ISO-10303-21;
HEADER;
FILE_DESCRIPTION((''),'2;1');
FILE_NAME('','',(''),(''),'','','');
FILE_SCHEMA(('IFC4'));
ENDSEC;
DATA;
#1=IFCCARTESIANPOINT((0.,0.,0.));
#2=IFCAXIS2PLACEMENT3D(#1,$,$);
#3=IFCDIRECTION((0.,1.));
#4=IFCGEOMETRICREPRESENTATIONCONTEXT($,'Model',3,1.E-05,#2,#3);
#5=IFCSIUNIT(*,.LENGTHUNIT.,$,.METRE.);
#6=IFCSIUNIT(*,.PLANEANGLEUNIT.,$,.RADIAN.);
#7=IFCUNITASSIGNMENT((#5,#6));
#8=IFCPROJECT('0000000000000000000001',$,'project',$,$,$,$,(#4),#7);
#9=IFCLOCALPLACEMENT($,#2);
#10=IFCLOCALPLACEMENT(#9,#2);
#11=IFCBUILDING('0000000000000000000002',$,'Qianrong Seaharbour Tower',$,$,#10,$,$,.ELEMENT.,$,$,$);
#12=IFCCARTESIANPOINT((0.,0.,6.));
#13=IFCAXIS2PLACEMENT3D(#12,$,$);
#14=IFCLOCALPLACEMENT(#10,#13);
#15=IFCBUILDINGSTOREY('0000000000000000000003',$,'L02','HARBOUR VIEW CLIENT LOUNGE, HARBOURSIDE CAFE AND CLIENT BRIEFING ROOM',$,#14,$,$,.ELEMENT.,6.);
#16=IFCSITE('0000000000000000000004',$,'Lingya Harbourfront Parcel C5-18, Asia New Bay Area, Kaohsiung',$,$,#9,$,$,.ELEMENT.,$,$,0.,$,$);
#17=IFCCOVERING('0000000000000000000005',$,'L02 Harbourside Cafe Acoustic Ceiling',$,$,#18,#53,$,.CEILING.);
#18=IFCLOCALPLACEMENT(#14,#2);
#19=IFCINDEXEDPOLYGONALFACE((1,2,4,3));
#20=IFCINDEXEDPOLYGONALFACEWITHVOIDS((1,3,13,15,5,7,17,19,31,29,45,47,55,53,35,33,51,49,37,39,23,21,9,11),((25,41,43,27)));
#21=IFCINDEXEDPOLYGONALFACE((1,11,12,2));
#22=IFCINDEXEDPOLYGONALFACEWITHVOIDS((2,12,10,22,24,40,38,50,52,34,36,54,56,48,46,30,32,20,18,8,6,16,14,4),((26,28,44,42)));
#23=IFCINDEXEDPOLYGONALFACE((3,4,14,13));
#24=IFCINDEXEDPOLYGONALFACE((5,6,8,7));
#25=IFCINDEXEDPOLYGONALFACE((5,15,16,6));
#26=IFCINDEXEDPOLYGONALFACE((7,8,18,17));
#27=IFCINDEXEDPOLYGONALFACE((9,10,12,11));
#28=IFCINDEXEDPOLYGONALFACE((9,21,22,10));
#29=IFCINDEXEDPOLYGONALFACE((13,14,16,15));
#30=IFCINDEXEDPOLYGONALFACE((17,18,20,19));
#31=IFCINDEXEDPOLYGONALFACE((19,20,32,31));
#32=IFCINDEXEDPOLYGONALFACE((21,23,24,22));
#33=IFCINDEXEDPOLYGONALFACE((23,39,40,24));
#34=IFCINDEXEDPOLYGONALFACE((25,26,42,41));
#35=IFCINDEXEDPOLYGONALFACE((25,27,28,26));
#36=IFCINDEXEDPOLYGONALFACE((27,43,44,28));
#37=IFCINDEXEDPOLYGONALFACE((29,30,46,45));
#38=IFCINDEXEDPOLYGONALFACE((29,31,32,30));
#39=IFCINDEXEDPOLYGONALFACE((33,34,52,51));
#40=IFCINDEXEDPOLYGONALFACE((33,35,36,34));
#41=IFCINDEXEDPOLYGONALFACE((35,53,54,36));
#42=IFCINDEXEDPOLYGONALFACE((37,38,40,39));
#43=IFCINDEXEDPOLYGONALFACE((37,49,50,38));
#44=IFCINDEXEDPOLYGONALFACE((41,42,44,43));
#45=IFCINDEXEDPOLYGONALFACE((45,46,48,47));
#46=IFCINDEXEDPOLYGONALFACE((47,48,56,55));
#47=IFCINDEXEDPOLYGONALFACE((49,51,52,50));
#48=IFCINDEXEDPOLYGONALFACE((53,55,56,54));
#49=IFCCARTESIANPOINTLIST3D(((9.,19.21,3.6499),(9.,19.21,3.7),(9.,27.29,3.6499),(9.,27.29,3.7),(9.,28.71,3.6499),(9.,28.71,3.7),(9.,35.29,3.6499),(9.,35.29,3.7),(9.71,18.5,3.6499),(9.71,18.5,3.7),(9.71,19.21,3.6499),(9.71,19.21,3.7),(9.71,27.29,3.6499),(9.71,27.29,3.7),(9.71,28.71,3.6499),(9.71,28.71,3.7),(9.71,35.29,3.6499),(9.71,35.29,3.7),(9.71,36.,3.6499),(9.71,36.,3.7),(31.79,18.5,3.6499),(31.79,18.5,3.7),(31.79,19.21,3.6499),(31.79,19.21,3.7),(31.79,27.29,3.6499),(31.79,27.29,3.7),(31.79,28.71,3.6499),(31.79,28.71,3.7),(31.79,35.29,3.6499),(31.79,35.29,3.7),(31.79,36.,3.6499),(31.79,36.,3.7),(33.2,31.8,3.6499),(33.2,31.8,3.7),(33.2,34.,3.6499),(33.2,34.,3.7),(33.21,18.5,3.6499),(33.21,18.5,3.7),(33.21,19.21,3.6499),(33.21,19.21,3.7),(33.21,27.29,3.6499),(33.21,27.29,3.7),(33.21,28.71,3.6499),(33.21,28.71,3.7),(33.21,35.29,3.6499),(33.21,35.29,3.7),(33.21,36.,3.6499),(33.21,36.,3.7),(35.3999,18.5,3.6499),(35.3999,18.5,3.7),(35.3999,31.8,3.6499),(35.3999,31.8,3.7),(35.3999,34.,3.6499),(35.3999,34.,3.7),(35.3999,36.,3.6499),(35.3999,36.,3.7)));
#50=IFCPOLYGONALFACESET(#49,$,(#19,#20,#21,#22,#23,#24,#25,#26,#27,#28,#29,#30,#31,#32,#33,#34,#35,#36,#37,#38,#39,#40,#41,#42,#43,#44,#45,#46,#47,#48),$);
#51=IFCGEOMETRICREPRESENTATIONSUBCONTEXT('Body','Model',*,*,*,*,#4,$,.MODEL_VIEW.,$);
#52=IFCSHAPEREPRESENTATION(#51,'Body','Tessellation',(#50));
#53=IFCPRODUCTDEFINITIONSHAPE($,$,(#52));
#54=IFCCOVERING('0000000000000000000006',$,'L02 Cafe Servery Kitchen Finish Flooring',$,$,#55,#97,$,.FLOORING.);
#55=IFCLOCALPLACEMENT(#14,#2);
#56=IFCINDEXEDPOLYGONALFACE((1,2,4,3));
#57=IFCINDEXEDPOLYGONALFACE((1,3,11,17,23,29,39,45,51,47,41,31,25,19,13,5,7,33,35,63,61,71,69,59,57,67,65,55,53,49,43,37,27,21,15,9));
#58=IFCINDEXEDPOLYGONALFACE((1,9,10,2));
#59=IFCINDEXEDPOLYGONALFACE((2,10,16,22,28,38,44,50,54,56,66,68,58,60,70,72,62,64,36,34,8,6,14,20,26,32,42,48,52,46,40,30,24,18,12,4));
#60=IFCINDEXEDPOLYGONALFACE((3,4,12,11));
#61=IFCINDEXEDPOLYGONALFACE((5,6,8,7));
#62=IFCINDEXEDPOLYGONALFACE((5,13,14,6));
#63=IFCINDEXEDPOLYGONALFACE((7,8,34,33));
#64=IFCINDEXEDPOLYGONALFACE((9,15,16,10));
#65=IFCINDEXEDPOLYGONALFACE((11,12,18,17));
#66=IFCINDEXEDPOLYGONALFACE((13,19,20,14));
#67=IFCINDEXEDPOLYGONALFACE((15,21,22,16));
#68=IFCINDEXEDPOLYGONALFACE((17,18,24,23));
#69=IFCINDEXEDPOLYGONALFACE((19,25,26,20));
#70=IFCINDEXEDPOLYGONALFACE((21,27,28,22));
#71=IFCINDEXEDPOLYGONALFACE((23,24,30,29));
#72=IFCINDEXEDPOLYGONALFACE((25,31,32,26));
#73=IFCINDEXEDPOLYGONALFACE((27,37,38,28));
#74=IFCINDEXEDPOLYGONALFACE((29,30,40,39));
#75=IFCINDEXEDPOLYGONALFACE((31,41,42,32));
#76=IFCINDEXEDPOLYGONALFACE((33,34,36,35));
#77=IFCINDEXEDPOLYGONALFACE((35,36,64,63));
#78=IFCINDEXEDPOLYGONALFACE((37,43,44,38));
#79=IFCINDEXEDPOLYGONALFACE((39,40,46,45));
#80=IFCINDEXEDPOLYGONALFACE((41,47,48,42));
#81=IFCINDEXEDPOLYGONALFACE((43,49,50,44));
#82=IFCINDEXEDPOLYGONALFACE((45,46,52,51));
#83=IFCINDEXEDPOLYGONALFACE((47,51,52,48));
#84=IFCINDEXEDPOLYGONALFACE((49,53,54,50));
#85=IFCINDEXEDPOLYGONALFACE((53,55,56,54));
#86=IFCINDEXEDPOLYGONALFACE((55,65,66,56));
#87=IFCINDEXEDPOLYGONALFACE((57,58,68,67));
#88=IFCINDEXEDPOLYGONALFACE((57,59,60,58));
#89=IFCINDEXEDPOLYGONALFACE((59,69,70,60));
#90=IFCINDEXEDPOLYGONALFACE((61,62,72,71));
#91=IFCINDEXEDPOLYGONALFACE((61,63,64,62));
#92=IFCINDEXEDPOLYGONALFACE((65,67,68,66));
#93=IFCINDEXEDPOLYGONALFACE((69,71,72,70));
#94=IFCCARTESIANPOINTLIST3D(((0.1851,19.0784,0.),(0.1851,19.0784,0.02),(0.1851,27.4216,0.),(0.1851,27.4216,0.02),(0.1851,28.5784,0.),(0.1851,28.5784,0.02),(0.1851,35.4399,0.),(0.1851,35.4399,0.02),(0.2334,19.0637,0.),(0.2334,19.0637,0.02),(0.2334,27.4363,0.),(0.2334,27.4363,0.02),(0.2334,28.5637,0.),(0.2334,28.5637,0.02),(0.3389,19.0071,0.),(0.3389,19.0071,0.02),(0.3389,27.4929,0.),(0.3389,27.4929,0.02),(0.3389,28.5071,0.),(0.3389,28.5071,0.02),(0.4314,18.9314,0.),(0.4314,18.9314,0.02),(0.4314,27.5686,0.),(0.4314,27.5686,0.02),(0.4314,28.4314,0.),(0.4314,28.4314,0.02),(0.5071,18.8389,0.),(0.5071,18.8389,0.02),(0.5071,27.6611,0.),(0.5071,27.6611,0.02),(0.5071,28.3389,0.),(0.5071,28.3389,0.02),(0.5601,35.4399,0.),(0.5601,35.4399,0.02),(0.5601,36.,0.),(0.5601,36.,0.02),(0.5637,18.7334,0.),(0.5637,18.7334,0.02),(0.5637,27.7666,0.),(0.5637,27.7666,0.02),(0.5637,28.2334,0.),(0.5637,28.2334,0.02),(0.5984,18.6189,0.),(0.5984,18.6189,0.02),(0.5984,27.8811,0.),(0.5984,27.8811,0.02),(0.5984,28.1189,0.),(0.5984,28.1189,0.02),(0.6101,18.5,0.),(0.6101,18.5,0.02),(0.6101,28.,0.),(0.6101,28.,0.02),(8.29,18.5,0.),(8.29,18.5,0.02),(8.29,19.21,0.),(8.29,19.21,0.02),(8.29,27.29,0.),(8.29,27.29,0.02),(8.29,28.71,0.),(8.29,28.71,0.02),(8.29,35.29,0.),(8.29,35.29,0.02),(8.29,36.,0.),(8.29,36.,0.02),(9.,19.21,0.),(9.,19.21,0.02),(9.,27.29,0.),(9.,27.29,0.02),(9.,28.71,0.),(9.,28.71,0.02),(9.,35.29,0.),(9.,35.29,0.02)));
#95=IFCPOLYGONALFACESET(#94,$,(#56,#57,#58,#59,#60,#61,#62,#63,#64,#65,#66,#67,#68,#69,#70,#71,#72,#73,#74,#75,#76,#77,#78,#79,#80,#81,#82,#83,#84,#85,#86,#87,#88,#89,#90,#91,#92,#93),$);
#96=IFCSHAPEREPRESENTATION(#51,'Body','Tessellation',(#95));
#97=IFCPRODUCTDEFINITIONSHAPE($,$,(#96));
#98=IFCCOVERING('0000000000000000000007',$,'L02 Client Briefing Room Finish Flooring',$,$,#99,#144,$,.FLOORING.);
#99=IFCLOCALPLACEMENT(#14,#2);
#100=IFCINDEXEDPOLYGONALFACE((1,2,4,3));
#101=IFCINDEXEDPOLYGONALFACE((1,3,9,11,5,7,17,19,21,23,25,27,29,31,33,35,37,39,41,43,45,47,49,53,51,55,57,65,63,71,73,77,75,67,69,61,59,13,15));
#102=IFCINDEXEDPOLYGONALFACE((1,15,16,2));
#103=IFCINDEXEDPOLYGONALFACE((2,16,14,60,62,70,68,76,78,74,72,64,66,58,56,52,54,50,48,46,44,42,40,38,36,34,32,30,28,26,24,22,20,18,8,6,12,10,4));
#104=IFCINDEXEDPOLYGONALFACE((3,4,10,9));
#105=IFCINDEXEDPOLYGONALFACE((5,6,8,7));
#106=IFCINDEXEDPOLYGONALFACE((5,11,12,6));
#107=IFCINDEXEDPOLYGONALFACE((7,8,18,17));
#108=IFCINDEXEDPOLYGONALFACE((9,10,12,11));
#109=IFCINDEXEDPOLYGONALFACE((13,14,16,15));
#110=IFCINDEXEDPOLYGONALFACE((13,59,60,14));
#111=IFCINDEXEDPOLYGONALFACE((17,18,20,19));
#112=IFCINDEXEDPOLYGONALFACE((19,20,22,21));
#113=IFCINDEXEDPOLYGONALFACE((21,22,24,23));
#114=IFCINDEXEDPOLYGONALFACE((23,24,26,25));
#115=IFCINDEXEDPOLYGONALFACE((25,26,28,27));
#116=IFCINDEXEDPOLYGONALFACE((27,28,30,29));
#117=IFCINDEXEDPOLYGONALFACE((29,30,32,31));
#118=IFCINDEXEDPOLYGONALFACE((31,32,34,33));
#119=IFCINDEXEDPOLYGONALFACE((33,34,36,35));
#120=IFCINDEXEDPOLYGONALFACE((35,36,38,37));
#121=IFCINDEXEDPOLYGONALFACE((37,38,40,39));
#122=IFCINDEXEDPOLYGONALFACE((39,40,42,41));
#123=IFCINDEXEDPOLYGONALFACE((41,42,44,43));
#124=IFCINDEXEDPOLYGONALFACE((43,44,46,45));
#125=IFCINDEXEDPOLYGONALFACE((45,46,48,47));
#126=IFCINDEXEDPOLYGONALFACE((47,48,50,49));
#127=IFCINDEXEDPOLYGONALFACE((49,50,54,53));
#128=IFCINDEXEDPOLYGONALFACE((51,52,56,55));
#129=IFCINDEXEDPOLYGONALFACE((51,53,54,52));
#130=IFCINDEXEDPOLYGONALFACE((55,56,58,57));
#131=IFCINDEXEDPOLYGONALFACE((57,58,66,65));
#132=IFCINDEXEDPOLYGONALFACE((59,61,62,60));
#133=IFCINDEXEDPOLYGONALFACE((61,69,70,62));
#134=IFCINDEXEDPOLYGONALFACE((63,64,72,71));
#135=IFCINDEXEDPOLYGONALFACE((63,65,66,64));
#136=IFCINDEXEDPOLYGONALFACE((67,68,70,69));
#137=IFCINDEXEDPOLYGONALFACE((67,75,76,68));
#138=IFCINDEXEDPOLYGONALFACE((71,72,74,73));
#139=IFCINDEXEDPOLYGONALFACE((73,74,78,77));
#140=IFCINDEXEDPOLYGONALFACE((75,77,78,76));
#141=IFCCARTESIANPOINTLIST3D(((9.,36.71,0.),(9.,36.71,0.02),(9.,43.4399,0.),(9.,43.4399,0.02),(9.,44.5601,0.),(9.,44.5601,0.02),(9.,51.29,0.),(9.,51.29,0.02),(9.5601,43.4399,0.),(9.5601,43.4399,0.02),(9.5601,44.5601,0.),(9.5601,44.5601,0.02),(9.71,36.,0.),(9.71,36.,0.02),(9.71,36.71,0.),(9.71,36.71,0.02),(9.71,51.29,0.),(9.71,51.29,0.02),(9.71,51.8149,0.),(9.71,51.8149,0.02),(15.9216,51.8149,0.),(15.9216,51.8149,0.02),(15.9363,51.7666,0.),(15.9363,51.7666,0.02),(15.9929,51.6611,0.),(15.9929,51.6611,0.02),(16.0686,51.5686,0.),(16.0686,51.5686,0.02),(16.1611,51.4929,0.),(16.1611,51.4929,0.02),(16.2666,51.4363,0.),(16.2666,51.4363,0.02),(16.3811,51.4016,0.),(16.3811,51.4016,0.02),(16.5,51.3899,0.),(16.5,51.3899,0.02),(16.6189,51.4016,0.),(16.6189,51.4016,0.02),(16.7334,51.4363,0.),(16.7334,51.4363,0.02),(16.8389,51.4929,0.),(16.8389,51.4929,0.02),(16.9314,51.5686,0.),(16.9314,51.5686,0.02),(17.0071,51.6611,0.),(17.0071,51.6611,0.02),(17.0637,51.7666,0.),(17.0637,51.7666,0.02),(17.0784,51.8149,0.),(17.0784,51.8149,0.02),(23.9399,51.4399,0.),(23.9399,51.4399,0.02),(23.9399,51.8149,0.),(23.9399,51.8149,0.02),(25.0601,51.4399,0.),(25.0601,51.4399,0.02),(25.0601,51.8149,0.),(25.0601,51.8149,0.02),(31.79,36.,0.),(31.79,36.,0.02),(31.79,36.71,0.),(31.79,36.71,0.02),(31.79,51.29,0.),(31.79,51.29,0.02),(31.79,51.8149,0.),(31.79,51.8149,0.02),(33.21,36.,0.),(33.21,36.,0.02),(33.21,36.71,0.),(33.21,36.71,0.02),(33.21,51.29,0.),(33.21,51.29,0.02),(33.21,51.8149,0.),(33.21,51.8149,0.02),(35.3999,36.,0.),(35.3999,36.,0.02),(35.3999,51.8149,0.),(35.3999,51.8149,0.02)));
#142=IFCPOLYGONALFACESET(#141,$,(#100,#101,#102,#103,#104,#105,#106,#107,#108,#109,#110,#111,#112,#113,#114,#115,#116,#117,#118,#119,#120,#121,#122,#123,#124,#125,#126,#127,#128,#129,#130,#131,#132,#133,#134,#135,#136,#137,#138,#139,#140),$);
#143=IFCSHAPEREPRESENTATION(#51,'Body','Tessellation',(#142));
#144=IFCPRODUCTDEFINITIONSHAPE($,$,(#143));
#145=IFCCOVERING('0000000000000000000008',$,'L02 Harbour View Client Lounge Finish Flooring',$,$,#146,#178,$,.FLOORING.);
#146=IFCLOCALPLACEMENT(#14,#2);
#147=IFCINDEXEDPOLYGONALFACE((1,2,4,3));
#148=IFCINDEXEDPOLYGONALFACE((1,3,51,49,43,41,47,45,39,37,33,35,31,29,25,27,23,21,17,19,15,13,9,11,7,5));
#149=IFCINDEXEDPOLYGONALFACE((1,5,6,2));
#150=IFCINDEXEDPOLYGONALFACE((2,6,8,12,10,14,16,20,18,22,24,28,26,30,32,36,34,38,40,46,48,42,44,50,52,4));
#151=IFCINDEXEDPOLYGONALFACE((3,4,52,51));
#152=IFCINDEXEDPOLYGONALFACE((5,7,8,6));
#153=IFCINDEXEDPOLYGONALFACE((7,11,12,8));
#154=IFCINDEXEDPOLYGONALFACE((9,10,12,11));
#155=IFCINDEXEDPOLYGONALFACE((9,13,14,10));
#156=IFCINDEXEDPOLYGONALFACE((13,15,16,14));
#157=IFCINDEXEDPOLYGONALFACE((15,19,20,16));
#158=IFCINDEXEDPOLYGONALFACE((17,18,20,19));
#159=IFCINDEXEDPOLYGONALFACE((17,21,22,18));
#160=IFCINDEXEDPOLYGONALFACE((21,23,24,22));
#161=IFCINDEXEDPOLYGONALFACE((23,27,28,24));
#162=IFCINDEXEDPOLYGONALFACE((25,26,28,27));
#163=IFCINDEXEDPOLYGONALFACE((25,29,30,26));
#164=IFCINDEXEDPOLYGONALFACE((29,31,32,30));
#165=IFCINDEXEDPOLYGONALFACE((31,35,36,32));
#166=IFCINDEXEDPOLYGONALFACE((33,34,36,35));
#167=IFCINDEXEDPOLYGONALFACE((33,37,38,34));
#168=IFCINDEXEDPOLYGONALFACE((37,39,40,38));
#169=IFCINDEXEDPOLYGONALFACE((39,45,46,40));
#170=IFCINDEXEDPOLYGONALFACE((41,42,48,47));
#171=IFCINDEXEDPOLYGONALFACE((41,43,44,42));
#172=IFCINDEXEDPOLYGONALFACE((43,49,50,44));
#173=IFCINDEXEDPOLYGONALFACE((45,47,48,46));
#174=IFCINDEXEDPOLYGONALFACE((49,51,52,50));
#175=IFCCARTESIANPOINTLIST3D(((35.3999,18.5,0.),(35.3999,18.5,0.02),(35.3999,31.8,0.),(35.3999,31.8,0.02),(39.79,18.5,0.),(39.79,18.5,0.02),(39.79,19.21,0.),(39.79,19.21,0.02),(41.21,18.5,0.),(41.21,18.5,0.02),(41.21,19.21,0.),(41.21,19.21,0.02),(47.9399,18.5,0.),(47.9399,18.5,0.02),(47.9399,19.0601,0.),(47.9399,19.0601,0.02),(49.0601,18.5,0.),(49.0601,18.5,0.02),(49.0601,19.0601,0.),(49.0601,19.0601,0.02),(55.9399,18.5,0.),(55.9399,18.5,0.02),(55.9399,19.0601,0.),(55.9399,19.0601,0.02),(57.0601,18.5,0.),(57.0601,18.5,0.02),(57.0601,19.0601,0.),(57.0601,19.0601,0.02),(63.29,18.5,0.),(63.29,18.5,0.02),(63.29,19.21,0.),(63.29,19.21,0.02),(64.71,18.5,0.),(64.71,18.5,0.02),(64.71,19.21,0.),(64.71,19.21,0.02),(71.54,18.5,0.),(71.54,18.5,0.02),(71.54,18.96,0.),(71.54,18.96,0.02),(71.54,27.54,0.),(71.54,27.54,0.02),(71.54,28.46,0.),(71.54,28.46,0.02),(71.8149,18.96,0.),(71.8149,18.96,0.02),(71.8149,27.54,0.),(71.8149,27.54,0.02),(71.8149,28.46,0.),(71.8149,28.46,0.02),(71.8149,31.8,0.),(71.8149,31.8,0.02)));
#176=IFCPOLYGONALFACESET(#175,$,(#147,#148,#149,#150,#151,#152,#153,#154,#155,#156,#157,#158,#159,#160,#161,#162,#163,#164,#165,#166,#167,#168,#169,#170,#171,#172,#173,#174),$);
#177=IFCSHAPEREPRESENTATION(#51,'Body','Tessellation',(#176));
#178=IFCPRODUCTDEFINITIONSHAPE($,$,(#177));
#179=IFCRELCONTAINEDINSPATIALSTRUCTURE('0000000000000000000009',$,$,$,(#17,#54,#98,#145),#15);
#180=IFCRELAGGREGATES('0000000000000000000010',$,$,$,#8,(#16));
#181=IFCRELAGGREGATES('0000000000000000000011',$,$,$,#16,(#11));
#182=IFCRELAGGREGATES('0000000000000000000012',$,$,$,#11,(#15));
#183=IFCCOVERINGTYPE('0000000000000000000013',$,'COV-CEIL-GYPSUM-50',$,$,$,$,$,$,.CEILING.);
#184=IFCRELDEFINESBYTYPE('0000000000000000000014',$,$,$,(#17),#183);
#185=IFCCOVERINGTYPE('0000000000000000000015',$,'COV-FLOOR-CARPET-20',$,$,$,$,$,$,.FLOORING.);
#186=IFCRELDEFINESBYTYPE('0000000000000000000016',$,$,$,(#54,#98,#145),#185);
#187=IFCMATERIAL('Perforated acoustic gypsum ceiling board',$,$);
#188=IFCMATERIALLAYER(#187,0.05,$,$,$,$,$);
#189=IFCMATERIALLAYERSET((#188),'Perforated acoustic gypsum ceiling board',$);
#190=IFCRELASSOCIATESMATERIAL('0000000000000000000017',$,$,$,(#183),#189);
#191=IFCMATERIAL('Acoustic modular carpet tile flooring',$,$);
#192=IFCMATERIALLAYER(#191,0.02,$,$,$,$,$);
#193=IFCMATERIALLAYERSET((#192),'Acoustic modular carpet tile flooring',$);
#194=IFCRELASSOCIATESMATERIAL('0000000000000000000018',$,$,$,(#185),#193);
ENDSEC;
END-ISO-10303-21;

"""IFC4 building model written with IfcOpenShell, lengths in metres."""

from ifc_helpers import new_model, si_unit, direction, frame, origin, place, context, subcontext, project, spatial, polyline, outline, extrude, material, layer, layer_set, type_object, element, save


model = new_model("IFC4")

# Units and contexts
model_context = context("Model", 3, precision=1e-05, world=origin(), true_north=direction((0.0, 1.0)))
body_context = subcontext(model_context, "Body", "Model", "MODEL_VIEW")
ifc_project = project(units=[si_unit("LENGTHUNIT", "METRE"), si_unit("PLANEANGLEUNIT", "RADIAN")], contexts=[model_context])

# Site, building, storey
site_placement = place(None, origin())
site = spatial("IfcSite", under=ifc_project, at=site_placement, Name="Lingya Harbourfront Parcel C5-18, Asia New Bay Area, Kaohsiung", CompositionType="ELEMENT", RefElevation=0.0)
building_placement = place(site_placement, origin())
building = spatial("IfcBuilding", under=site, at=building_placement, Name="Qianrong Seaharbour Tower", CompositionType="ELEMENT")
storey_placement = place(building_placement, frame((0.0, 0.0, 6.0)))
storey = spatial("IfcBuildingStorey", under=building, at=storey_placement, Name="L02", Description="HARBOUR VIEW CLIENT LOUNGE, HARBOURSIDE CAFE AND CLIENT BRIEFING ROOM", CompositionType="ELEMENT", Elevation=6.0)

# Coverings
ifc_material_1 = material(Name="Perforated acoustic gypsum ceiling board")
ifc_layer_1 = layer(ifc_material_1, 0.05)
ifc_layer_set_1 = layer_set([ifc_layer_1], Name="Perforated acoustic gypsum ceiling board")
covering_type_1 = type_object("IfcCoveringType", Name="COV-CEIL-GYPSUM-50", PredefinedType="CEILING", material=ifc_layer_set_1)
covering_1_placement = place(storey_placement, frame((0.0, 0.0, 3.6499)))
element("IfcCovering", 1, at=covering_1_placement, inside=storey, type_object=covering_type_1, Name="L02 Harbourside Cafe Acoustic Ceiling", PredefinedType="CEILING", context=body_context, shape_type="SweptSolid", body=[
    extrude(outline(polyline([(31.79, 36.0), (31.79, 35.29), (33.21, 35.29), (33.21, 36.0), (35.3999, 36.0), (35.3999, 34.0), (33.2, 34.0), (33.2, 31.8), (35.3999, 31.8), (35.3999, 18.5), (33.21, 18.5), (33.21, 19.21), (31.79, 19.21), (31.79, 18.5), (9.71, 18.5), (9.71, 19.21), (9.0, 19.21), (9.0, 27.29), (9.71, 27.29), (9.71, 28.71), (9.0, 28.71), (9.0, 35.29), (9.71, 35.29), (9.71, 36.0), (31.79, 36.0)]), holes=[polyline([(31.79, 27.29), (33.21, 27.29), (33.21, 28.71), (31.79, 28.71), (31.79, 27.29)])]), origin(), (0.0, 0.0, 1.0), 0.05),
])
ifc_material_2 = material(Name="Acoustic modular carpet tile flooring")
ifc_layer_2 = layer(ifc_material_2, 0.02)
ifc_layer_set_2 = layer_set([ifc_layer_2], Name="Acoustic modular carpet tile flooring")
covering_type_2 = type_object("IfcCoveringType", Name="COV-FLOOR-CARPET-20", PredefinedType="FLOORING", material=ifc_layer_set_2)
covering_2_placement = place(storey_placement, origin())
element("IfcCovering", 2, at=covering_2_placement, inside=storey, type_object=covering_type_2, Name="L02 Cafe Servery Kitchen Finish Flooring", PredefinedType="FLOORING", context=body_context, shape_type="SweptSolid", body=[
    extrude(outline(polyline([(0.6101, 18.5), (0.5984, 18.6189), (0.5637, 18.7334), (0.5071, 18.8389), (0.4314, 18.9314), (0.3389, 19.0071), (0.2334, 19.0637), (0.1851, 19.0784), (0.1851, 27.4216), (0.2334, 27.4363), (0.3389, 27.4929), (0.4314, 27.5686), (0.5071, 27.6611), (0.5637, 27.7666), (0.5984, 27.8811), (0.6101, 28.0), (0.5984, 28.1189), (0.5637, 28.2334), (0.5071, 28.3389), (0.4314, 28.4314), (0.3389, 28.5071), (0.2334, 28.5637), (0.1851, 28.5784), (0.1851, 35.4399), (0.5601, 35.4399), (0.5601, 36.0), (8.29, 36.0), (8.29, 35.29), (9.0, 35.29), (9.0, 28.71), (8.29, 28.71), (8.29, 27.29), (9.0, 27.29), (9.0, 19.21), (8.29, 19.21), (8.29, 18.5), (0.6101, 18.5)])), origin(), (0.0, 0.0, 1.0), 0.02),
])
covering_3_placement = place(storey_placement, origin())
element("IfcCovering", 3, at=covering_3_placement, inside=storey, type_object=covering_type_2, Name="L02 Client Briefing Room Finish Flooring", PredefinedType="FLOORING", context=body_context, shape_type="SweptSolid", body=[
    extrude(outline(polyline([(9.0, 43.4399), (9.5601, 43.4399), (9.5601, 44.5601), (9.0, 44.5601), (9.0, 51.29), (9.71, 51.29), (9.71, 51.8149), (15.9216, 51.8149), (15.9363, 51.7666), (15.9929, 51.6611), (16.0686, 51.5686), (16.1611, 51.4929), (16.2666, 51.4363), (16.3811, 51.4016), (16.5, 51.3899), (16.6189, 51.4016), (16.7334, 51.4363), (16.8389, 51.4929), (16.9314, 51.5686), (17.0071, 51.6611), (17.0637, 51.7666), (17.0784, 51.8149), (23.9399, 51.8149), (23.9399, 51.4399), (25.0601, 51.4399), (25.0601, 51.8149), (31.79, 51.8149), (31.79, 51.29), (33.21, 51.29), (33.21, 51.8149), (35.3999, 51.8149), (35.3999, 36.0), (33.21, 36.0), (33.21, 36.71), (31.79, 36.71), (31.79, 36.0), (9.71, 36.0), (9.71, 36.71), (9.0, 36.71), (9.0, 43.4399)])), origin(), (0.0, 0.0, 1.0), 0.02),
])
covering_4_placement = place(storey_placement, origin())
element("IfcCovering", 4, at=covering_4_placement, inside=storey, type_object=covering_type_2, Name="L02 Harbour View Client Lounge Finish Flooring", PredefinedType="FLOORING", context=body_context, shape_type="SweptSolid", body=[
    extrude(outline(polyline([(71.8149, 31.8), (71.8149, 28.46), (71.54, 28.46), (71.54, 27.54), (71.8149, 27.54), (71.8149, 18.96), (71.54, 18.96), (71.54, 18.5), (64.71, 18.5), (64.71, 19.21), (63.29, 19.21), (63.29, 18.5), (57.0601, 18.5), (57.0601, 19.0601), (55.9399, 19.0601), (55.9399, 18.5), (49.0601, 18.5), (49.0601, 19.0601), (47.9399, 19.0601), (47.9399, 18.5), (41.21, 18.5), (41.21, 19.21), (39.79, 19.21), (39.79, 18.5), (35.3999, 18.5), (35.3999, 31.8), (71.8149, 31.8)])), origin(), (0.0, 0.0, 1.0), 0.02),
])

save(model, "model.ifc")
